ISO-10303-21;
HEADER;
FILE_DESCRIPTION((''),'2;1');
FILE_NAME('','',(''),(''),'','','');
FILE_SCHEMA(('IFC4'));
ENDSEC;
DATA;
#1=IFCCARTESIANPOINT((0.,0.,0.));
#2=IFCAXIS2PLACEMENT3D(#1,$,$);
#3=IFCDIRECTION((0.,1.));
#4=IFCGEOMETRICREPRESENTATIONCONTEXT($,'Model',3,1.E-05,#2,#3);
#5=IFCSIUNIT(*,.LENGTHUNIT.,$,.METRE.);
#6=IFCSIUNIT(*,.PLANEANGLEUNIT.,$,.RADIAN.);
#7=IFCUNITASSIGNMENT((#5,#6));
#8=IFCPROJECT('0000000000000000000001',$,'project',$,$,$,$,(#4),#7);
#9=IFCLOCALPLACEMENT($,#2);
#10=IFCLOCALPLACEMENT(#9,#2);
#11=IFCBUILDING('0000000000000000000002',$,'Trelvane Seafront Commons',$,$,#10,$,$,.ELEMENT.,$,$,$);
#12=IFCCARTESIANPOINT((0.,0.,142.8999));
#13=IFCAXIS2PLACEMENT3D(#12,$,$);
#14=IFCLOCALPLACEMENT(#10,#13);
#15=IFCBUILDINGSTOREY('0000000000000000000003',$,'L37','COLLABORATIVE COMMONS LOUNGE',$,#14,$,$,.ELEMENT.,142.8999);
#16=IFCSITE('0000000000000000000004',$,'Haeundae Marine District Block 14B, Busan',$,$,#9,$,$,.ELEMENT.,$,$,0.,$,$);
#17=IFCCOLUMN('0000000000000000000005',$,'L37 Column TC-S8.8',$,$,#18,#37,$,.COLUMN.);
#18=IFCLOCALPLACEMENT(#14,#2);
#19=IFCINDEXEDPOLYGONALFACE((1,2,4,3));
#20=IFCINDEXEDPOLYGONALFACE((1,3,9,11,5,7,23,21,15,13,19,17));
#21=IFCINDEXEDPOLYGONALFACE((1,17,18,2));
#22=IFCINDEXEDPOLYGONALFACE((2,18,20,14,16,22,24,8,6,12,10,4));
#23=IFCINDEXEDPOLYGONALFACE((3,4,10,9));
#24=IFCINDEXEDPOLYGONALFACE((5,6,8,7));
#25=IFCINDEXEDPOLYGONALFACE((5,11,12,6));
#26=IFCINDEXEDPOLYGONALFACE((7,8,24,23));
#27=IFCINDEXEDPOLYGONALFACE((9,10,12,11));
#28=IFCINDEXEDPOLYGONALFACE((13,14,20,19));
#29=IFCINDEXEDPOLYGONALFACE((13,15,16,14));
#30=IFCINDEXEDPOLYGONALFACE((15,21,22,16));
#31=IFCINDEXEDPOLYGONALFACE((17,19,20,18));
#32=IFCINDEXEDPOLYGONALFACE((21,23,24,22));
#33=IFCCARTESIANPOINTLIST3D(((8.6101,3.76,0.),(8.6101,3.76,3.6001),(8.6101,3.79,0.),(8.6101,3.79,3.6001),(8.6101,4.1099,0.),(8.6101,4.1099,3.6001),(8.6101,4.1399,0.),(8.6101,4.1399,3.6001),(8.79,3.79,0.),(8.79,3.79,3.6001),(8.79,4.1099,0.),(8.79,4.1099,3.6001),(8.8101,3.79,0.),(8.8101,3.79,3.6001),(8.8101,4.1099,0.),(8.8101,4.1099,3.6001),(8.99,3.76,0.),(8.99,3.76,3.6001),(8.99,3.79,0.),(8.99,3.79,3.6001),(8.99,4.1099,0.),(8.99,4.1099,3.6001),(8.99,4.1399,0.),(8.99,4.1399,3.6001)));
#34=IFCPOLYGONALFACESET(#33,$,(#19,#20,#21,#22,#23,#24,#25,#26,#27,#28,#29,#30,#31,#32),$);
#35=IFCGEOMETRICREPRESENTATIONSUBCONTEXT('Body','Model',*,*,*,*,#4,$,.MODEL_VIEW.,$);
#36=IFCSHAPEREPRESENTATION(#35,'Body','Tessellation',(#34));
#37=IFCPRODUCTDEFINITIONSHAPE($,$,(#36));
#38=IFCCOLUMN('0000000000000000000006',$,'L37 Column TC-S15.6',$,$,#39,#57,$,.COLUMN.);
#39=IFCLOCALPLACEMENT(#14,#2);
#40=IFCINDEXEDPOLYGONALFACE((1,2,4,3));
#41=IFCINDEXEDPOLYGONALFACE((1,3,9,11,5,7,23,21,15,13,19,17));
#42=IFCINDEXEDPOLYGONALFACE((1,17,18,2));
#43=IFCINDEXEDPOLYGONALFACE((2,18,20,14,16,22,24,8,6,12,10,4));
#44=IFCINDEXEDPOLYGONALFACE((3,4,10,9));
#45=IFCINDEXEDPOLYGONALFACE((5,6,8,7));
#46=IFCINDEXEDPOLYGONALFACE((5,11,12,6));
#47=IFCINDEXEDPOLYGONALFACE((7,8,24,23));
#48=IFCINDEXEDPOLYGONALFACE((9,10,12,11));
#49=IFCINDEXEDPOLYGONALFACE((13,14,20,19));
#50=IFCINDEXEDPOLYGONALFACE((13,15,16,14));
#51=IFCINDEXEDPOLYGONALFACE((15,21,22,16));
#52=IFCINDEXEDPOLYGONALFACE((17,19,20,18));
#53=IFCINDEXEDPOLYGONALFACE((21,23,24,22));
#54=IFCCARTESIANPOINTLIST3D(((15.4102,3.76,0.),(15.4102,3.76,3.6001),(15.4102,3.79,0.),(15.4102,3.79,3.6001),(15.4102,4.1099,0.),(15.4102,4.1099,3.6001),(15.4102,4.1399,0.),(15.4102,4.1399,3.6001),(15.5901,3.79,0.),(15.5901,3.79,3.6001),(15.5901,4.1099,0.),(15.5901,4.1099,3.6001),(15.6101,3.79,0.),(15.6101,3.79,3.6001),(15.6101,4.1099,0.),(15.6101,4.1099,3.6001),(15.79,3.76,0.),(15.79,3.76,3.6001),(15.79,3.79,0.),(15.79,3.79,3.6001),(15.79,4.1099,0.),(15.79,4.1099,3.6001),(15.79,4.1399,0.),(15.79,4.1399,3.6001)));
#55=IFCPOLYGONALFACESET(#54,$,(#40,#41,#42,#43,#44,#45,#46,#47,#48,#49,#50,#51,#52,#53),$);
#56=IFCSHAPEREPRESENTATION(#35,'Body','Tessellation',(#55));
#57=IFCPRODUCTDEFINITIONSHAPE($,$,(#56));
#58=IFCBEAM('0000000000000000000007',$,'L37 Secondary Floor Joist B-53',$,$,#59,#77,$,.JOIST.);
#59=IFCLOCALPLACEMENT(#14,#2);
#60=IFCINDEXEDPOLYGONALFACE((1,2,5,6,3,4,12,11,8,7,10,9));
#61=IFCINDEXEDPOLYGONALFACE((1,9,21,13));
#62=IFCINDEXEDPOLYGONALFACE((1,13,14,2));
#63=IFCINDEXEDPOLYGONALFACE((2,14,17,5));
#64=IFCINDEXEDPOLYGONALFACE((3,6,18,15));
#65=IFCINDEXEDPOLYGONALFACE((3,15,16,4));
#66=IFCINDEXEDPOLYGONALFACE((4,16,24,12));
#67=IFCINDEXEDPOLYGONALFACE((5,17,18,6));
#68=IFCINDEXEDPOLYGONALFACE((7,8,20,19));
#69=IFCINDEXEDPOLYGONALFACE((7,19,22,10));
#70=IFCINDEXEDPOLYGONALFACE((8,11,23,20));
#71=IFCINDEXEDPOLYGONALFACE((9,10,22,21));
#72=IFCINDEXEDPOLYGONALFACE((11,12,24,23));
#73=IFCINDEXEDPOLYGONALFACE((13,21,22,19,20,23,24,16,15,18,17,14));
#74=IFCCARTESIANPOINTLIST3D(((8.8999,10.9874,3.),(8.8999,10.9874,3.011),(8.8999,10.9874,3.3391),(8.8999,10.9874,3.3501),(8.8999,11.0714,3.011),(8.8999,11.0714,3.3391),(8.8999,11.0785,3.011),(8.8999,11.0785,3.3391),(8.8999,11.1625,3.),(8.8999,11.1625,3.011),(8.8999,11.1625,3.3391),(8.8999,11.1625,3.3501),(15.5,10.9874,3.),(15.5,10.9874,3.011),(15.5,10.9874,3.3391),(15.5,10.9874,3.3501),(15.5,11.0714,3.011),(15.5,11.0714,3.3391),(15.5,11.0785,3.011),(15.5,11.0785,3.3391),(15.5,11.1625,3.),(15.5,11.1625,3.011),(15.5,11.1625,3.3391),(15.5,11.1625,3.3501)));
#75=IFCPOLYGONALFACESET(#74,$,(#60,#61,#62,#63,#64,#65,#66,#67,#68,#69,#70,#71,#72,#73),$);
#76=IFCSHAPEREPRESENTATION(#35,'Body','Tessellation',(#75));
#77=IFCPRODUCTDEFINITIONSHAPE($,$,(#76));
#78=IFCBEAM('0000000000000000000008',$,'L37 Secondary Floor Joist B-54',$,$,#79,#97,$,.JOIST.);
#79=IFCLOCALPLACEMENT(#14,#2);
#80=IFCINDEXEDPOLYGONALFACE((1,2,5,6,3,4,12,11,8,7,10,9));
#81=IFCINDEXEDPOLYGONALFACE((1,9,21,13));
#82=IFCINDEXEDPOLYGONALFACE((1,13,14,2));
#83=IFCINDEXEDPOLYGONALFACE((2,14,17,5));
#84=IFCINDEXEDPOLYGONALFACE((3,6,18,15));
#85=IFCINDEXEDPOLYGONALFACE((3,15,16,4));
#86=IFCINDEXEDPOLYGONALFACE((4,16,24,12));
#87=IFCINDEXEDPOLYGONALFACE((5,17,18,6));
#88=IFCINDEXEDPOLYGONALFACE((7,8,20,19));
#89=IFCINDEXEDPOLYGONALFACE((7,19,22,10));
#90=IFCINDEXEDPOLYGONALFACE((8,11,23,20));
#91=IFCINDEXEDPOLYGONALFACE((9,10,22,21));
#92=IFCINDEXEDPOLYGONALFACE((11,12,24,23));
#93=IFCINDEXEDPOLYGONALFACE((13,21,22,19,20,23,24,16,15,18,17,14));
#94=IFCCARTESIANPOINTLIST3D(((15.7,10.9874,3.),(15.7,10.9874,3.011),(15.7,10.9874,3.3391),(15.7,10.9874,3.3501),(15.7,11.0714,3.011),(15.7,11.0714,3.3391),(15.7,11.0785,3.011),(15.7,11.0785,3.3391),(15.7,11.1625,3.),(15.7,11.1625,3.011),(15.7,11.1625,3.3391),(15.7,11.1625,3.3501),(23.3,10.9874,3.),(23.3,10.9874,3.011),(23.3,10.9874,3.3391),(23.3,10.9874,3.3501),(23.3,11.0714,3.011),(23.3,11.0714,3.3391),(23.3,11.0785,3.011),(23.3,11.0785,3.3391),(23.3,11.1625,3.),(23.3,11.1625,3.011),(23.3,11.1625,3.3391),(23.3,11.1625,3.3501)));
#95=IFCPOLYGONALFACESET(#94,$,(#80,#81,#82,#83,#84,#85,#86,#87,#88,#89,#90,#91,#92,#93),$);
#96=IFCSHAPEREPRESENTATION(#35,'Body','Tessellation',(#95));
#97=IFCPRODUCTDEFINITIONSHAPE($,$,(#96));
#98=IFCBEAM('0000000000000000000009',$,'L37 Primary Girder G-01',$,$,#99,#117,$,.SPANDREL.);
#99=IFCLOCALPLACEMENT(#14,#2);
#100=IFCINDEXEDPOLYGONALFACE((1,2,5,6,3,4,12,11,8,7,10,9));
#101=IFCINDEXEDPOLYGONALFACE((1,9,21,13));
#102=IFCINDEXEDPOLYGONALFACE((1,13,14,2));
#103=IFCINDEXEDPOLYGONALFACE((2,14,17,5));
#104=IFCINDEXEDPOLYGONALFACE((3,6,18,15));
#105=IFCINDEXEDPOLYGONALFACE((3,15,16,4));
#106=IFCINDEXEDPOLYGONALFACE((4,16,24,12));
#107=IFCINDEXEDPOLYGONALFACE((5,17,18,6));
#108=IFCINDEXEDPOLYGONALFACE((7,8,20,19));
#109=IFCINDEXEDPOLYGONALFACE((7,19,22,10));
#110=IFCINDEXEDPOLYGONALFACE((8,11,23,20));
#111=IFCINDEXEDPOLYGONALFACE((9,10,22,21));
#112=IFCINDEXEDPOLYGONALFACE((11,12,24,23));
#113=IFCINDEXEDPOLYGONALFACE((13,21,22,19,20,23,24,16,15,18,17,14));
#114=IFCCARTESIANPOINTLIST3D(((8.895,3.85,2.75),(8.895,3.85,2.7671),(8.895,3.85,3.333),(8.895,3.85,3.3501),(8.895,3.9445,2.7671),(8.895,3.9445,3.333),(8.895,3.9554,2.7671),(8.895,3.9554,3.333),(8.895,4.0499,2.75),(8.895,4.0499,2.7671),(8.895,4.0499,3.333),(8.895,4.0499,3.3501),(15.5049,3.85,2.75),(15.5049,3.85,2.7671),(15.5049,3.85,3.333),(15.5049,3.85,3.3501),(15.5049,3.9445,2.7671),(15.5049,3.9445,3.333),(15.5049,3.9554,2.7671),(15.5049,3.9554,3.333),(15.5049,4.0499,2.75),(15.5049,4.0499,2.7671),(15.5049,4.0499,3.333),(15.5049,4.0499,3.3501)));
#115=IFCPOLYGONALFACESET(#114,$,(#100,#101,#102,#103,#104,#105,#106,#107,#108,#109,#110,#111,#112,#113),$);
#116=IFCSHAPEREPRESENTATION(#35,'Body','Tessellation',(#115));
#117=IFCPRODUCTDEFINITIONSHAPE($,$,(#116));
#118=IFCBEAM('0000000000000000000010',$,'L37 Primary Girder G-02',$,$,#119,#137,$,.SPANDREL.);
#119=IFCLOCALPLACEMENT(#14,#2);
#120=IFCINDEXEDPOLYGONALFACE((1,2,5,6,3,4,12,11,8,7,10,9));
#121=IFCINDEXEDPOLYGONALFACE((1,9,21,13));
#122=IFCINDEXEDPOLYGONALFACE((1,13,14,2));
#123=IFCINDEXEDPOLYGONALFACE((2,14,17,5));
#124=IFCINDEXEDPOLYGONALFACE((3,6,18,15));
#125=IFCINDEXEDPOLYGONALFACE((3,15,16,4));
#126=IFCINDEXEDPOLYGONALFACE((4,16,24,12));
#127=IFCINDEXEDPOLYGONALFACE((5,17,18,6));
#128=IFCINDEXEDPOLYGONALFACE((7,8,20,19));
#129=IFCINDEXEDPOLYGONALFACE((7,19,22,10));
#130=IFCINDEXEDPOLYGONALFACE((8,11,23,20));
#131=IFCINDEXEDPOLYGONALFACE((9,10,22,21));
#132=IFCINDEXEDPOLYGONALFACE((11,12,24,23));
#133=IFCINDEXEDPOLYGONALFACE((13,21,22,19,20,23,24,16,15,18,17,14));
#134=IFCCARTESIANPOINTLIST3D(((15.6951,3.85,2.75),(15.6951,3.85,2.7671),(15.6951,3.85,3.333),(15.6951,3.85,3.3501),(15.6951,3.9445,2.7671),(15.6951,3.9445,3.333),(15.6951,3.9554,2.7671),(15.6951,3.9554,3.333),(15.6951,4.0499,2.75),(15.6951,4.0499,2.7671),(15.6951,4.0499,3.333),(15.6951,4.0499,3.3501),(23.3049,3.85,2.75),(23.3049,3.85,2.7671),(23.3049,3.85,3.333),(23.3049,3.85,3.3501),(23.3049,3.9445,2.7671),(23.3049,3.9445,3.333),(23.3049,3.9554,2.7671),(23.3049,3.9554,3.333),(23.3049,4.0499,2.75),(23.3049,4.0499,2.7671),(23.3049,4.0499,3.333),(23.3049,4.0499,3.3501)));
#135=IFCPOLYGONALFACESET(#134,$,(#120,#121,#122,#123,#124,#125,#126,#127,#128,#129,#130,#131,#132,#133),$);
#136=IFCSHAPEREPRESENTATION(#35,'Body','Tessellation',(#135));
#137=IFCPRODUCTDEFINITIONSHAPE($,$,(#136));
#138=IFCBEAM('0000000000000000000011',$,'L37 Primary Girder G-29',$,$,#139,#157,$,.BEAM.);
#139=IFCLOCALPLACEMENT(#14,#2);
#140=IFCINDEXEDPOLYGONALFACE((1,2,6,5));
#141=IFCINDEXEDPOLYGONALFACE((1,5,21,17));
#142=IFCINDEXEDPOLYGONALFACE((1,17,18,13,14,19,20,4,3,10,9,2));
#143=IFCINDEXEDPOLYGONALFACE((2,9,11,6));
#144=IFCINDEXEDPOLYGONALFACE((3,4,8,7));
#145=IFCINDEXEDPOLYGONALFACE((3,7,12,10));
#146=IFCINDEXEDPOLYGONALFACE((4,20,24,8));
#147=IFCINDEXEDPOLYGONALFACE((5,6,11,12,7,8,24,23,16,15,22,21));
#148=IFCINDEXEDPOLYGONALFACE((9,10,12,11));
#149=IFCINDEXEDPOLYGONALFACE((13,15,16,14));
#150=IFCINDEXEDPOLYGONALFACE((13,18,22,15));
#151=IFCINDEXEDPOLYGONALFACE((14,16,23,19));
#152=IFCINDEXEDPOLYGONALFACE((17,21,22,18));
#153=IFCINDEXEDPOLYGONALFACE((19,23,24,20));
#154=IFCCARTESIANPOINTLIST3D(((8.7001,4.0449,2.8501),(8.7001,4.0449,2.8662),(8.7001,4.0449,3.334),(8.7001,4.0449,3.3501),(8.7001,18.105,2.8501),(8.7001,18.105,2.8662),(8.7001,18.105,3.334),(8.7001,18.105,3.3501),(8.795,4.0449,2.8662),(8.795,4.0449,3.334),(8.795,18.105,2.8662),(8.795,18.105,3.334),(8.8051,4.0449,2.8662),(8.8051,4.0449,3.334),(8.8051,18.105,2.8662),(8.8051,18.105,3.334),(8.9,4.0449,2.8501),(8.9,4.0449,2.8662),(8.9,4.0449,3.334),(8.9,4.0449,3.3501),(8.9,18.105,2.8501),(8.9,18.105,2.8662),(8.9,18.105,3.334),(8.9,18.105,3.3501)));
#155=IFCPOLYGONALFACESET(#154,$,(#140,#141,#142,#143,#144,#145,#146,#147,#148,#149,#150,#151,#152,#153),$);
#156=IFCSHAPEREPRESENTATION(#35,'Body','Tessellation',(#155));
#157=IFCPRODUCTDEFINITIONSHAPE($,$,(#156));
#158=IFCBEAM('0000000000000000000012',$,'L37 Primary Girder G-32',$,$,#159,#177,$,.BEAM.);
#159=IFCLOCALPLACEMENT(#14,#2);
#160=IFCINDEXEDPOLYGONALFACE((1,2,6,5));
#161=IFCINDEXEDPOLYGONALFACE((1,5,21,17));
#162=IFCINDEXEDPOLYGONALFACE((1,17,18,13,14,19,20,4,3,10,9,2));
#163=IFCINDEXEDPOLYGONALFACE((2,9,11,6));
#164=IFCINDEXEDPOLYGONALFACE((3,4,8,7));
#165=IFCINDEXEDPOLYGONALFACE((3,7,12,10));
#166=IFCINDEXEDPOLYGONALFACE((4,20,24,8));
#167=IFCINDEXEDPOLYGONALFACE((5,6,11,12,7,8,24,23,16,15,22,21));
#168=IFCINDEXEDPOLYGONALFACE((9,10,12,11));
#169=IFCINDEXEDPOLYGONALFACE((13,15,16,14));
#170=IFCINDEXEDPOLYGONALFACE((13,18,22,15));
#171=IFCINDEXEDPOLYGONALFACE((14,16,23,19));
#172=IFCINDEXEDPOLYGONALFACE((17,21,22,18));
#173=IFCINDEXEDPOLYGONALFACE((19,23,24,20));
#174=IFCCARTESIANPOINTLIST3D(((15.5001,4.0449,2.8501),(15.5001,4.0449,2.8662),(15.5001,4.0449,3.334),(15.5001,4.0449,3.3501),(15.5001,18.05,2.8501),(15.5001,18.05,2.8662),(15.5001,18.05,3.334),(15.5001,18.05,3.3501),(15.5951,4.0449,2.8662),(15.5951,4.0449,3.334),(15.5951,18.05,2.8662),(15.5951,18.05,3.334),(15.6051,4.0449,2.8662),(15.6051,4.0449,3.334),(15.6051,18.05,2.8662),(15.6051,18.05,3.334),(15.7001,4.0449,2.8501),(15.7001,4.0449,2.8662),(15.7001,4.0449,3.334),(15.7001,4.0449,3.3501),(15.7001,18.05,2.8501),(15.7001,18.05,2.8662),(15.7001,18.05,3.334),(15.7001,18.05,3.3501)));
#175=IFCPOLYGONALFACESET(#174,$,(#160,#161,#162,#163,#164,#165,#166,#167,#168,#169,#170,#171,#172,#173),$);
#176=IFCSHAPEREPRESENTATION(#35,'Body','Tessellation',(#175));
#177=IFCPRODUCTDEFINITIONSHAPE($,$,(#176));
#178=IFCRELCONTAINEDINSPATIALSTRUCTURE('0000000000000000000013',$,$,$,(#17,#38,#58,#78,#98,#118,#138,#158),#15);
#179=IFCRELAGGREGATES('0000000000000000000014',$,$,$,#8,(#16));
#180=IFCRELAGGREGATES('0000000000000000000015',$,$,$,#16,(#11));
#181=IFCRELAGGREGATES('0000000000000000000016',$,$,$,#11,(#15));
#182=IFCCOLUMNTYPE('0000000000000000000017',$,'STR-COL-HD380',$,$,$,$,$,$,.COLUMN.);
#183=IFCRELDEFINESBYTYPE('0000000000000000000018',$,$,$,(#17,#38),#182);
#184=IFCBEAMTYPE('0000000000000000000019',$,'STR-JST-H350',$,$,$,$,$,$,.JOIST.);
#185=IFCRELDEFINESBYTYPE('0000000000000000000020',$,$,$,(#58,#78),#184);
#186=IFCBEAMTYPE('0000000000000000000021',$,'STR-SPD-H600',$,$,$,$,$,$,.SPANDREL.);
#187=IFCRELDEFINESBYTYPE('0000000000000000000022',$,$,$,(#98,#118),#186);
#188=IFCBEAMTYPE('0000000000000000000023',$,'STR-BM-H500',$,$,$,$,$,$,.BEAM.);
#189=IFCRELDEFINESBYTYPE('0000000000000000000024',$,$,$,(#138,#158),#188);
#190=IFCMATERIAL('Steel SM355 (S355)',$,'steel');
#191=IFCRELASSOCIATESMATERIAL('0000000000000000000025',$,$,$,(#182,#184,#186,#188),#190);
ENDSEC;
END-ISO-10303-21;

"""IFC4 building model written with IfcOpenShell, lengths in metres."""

from ifc_helpers import new_model, si_unit, direction, frame, origin, origin_2d, place, context, subcontext, project, spatial, i_section, extrude, source, transform, mapped, material, material_profile, profile_set, type_object, element, save


model = new_model("IFC4")

# Units and contexts
model_context = context("Model", 3, precision=1e-05, world=origin(), true_north=direction((0.0, 1.0)))
body_context = subcontext(model_context, "Body", "Model", "MODEL_VIEW")
ifc_project = project(units=[si_unit("LENGTHUNIT", "METRE"), si_unit("PLANEANGLEUNIT", "RADIAN")], contexts=[model_context])

# Site, building, storey
site_placement = place(None, origin())
site = spatial("IfcSite", under=ifc_project, at=site_placement, Name="Haeundae Marine District Block 14B, Busan", CompositionType="ELEMENT", RefElevation=0.0)
building_placement = place(site_placement, origin())
building = spatial("IfcBuilding", under=site, at=building_placement, Name="Trelvane Seafront Commons", CompositionType="ELEMENT")
storey_placement = place(building_placement, frame((0.0, 0.0, 142.8999)))
storey = spatial("IfcBuildingStorey", under=building, at=storey_placement, Name="L37", Description="COLLABORATIVE COMMONS LOUNGE", CompositionType="ELEMENT", Elevation=142.8999)

# Columns
ifc_material_1 = material(Name="Steel SM355 (S355)", Category="steel")
ifc_material_profile_1 = material_profile(ifc_material_1, i_section(OverallWidth=0.3799, OverallDepth=0.3799, WebThickness=0.02, FlangeThickness=0.03, at=origin_2d()), Name="HD-380x380x20x30")
ifc_profile_set_1 = profile_set([ifc_material_profile_1], Name="Steel SM355 (S355)")
column_type = type_object("IfcColumnType", Name="STR-COL-HD380", PredefinedType="COLUMN", material=ifc_profile_set_1)
shared_shape_1 = source(origin(), body_context, "Body", "SweptSolid", [
    extrude(i_section(OverallWidth=0.3799, OverallDepth=0.3799, WebThickness=0.02, FlangeThickness=0.03, at=origin_2d()), origin(), (0.0, 0.0, 1.0), 3.6001),
])
for number, where, z_axis, x_axis, name in (
    (1, (8.8, 3.95, 0.0), (0.0, 0.0, 1.0), (1.0, 0.0, 0.0), "L37 Column TC-S8.8"),
    (2, (15.6001, 3.95, 0.0), (0.0, 0.0, 1.0), (1.0, 0.0, 0.0), "L37 Column TC-S15.6"),
):
    element("IfcColumn", number, at=place(storey_placement, frame(where, z_axis=z_axis, x_axis=x_axis)), inside=storey, type_object=column_type, Name=name, PredefinedType="COLUMN", context=body_context, shape_type="MappedRepresentation", body=[
        mapped(shared_shape_1, transform((0.0, 0.0, 0.0), x_axis=(1.0, 0.0, 0.0), y_axis=(0.0, 1.0, 0.0), z_axis=(0.0, 0.0, 1.0), scale=1.0)),
    ])

# Beams
ifc_material_profile_2 = material_profile(ifc_material_1, i_section(OverallWidth=0.175, OverallDepth=0.3501, WebThickness=0.0071, FlangeThickness=0.011, at=origin_2d()), Name="H-350x175x7x11")
ifc_profile_set_2 = profile_set([ifc_material_profile_2], Name="Steel SM355 (S355)")
beam_type_1 = type_object("IfcBeamType", Name="STR-JST-H350", PredefinedType="JOIST", material=ifc_profile_set_2)
shared_shape_2 = source(origin(), body_context, "Body", "SweptSolid", [
    extrude(i_section(OverallWidth=0.175, OverallDepth=0.3501, WebThickness=0.0071, FlangeThickness=0.011, at=origin_2d()), origin(), (0.0, 0.0, 1.0), 6.6001),
])
beam_1_placement = place(storey_placement, frame((8.8999, 11.075, 3.175), z_axis=(1.0, 0.0, 0.0), x_axis=(0.0, 1.0, 0.0)))
element("IfcBeam", 3, at=beam_1_placement, inside=storey, type_object=beam_type_1, Name="L37 Secondary Floor Joist B-53", PredefinedType="JOIST", context=body_context, shape_type="MappedRepresentation", body=[
    mapped(shared_shape_2, transform((0.0, 0.0, 0.0), x_axis=(1.0, 0.0, 0.0), y_axis=(0.0, 1.0, 0.0), z_axis=(0.0, 0.0, 1.0), scale=1.0)),
])
shared_shape_3 = source(origin(), body_context, "Body", "SweptSolid", [
    extrude(i_section(OverallWidth=0.175, OverallDepth=0.3501, WebThickness=0.0071, FlangeThickness=0.011, at=origin_2d()), origin(), (0.0, 0.0, 1.0), 7.6001),
])
beam_2_placement = place(storey_placement, frame((15.7, 11.075, 3.175), z_axis=(1.0, 0.0, 0.0), x_axis=(0.0, 1.0, 0.0)))
element("IfcBeam", 4, at=beam_2_placement, inside=storey, type_object=beam_type_1, Name="L37 Secondary Floor Joist B-54", PredefinedType="JOIST", context=body_context, shape_type="MappedRepresentation", body=[
    mapped(shared_shape_3, transform((0.0, 0.0, 0.0), x_axis=(1.0, 0.0, 0.0), y_axis=(0.0, 1.0, 0.0), z_axis=(0.0, 0.0, 1.0), scale=1.0)),
])
ifc_material_profile_3 = material_profile(ifc_material_1, i_section(OverallWidth=0.2, OverallDepth=0.6001, WebThickness=0.011, FlangeThickness=0.0171, at=origin_2d()), Name="H-600x200x11x17")
ifc_profile_set_3 = profile_set([ifc_material_profile_3], Name="Steel SM355 (S355)")
beam_type_2 = type_object("IfcBeamType", Name="STR-SPD-H600", PredefinedType="SPANDREL", material=ifc_profile_set_3)
shared_shape_4 = source(origin(), body_context, "Body", "SweptSolid", [
    extrude(i_section(OverallWidth=0.2, OverallDepth=0.6001, WebThickness=0.011, FlangeThickness=0.0171, at=origin_2d()), origin(), (0.0, 0.0, 1.0), 6.6099),
])
beam_3_placement = place(storey_placement, frame((8.895, 3.95, 3.05), z_axis=(1.0, 0.0, 0.0), x_axis=(0.0, 1.0, 0.0)))
element("IfcBeam", 5, at=beam_3_placement, inside=storey, type_object=beam_type_2, Name="L37 Primary Girder G-01", PredefinedType="SPANDREL", context=body_context, shape_type="MappedRepresentation", body=[
    mapped(shared_shape_4, transform((0.0, 0.0, 0.0), x_axis=(1.0, 0.0, 0.0), y_axis=(0.0, 1.0, 0.0), z_axis=(0.0, 0.0, 1.0), scale=1.0)),
])
shared_shape_5 = source(origin(), body_context, "Body", "SweptSolid", [
    extrude(i_section(OverallWidth=0.2, OverallDepth=0.6001, WebThickness=0.011, FlangeThickness=0.0171, at=origin_2d()), origin(), (0.0, 0.0, 1.0), 7.6099),
])
beam_4_placement = place(storey_placement, frame((15.6951, 3.95, 3.05), z_axis=(1.0, 0.0, 0.0), x_axis=(0.0, 1.0, 0.0)))
element("IfcBeam", 6, at=beam_4_placement, inside=storey, type_object=beam_type_2, Name="L37 Primary Girder G-02", PredefinedType="SPANDREL", context=body_context, shape_type="MappedRepresentation", body=[
    mapped(shared_shape_5, transform((0.0, 0.0, 0.0), x_axis=(1.0, 0.0, 0.0), y_axis=(0.0, 1.0, 0.0), z_axis=(0.0, 0.0, 1.0), scale=1.0)),
])
ifc_material_profile_4 = material_profile(ifc_material_1, i_section(OverallWidth=0.2, OverallDepth=0.5, WebThickness=0.01, FlangeThickness=0.0161, at=origin_2d()), Name="H-500x200x10x16")
ifc_profile_set_4 = profile_set([ifc_material_profile_4], Name="Steel SM355 (S355)")
beam_type_3 = type_object("IfcBeamType", Name="STR-BM-H500", PredefinedType="BEAM", material=ifc_profile_set_4)
shared_shape_6 = source(origin(), body_context, "Body", "SweptSolid", [
    extrude(i_section(OverallWidth=0.2, OverallDepth=0.5, WebThickness=0.01, FlangeThickness=0.0161, at=origin_2d()), origin(), (0.0, 0.0, 1.0), 14.0601),
])
beam_5_placement = place(storey_placement, frame((8.8, 4.0449, 3.1001), z_axis=(0.0, 1.0, 0.0), x_axis=(-1.0, 0.0, 0.0)))
element("IfcBeam", 7, at=beam_5_placement, inside=storey, type_object=beam_type_3, Name="L37 Primary Girder G-29", PredefinedType="BEAM", context=body_context, shape_type="MappedRepresentation", body=[
    mapped(shared_shape_6, transform((0.0, 0.0, 0.0), x_axis=(1.0, 0.0, 0.0), y_axis=(0.0, 1.0, 0.0), z_axis=(0.0, 0.0, 1.0), scale=1.0)),
])
shared_shape_7 = source(origin(), body_context, "Body", "SweptSolid", [
    extrude(i_section(OverallWidth=0.2, OverallDepth=0.5, WebThickness=0.01, FlangeThickness=0.0161, at=origin_2d()), origin(), (0.0, 0.0, 1.0), 14.0051),
])
beam_6_placement = place(storey_placement, frame((15.6001, 4.0449, 3.1001), z_axis=(0.0, 1.0, 0.0), x_axis=(-1.0, 0.0, 0.0)))
element("IfcBeam", 8, at=beam_6_placement, inside=storey, type_object=beam_type_3, Name="L37 Primary Girder G-32", PredefinedType="BEAM", context=body_context, shape_type="MappedRepresentation", body=[
    mapped(shared_shape_7, transform((0.0, 0.0, 0.0), x_axis=(1.0, 0.0, 0.0), y_axis=(0.0, 1.0, 0.0), z_axis=(0.0, 0.0, 1.0), scale=1.0)),
])

save(model, "model.ifc")
